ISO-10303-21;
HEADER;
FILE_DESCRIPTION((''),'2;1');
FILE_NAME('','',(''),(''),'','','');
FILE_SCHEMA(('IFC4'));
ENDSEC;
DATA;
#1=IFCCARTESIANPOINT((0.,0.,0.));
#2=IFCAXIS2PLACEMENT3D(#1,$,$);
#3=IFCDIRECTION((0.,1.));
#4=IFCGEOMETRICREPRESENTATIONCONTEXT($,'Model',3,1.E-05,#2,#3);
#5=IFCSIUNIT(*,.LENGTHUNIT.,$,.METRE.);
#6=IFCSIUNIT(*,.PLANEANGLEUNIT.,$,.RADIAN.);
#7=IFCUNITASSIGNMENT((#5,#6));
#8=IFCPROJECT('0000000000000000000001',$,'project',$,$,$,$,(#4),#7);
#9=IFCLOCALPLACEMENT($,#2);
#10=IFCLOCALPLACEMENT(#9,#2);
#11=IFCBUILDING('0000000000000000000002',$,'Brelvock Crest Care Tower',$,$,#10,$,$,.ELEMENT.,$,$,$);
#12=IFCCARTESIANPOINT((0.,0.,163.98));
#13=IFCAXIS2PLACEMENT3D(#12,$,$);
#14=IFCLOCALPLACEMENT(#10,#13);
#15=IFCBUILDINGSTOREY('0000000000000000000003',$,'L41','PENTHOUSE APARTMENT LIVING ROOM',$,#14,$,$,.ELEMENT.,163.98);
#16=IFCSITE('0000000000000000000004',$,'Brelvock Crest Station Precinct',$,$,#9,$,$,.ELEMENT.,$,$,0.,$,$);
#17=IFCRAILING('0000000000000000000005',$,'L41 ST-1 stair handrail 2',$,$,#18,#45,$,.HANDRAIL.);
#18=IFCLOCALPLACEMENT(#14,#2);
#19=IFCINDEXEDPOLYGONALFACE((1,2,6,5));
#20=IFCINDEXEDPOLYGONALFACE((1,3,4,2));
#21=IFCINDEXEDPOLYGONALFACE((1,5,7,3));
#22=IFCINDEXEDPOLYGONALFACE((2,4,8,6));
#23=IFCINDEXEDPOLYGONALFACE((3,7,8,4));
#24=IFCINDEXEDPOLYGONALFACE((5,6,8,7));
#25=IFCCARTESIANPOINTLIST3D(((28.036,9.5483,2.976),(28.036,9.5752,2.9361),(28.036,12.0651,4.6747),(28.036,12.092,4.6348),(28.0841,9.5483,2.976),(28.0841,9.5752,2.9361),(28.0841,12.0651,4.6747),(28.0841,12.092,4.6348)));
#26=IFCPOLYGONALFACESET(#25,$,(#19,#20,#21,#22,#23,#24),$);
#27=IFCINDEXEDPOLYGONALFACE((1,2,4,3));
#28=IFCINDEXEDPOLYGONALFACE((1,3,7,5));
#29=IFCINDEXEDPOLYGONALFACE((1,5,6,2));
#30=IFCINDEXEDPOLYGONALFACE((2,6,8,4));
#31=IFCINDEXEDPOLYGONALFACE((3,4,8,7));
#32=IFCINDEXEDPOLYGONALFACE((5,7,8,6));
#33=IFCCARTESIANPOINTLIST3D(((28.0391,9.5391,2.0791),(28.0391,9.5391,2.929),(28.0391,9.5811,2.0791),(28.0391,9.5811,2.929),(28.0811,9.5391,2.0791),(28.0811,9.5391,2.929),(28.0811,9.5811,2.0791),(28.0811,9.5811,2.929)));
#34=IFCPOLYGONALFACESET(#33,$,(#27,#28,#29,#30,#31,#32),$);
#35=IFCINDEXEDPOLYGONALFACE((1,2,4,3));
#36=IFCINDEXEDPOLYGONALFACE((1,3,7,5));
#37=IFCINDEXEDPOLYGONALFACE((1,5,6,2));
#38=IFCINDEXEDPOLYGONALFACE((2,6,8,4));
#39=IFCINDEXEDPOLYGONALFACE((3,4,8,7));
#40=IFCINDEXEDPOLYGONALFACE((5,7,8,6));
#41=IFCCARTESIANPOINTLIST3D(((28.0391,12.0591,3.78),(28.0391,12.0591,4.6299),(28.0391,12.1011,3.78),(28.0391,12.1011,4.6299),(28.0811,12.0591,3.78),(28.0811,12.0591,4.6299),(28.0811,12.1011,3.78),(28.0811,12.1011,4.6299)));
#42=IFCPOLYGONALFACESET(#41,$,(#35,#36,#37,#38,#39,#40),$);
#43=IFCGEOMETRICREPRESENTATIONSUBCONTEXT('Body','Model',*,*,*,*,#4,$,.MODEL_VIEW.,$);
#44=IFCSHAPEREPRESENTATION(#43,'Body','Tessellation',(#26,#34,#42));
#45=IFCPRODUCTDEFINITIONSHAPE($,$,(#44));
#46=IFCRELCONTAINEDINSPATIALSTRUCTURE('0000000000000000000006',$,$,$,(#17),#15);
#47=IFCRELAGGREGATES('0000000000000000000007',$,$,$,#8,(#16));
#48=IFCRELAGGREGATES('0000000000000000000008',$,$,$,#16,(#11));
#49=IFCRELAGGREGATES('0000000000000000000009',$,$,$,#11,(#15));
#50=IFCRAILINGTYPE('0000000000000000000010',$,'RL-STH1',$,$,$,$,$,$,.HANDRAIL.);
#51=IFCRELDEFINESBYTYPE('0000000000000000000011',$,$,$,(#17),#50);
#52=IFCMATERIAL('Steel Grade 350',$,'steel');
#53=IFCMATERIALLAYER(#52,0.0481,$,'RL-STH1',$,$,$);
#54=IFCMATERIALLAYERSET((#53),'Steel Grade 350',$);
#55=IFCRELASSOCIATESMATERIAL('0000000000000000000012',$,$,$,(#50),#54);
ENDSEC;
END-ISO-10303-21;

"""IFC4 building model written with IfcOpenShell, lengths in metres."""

from ifc_helpers import new_model, si_unit, direction, frame, origin, origin_2d, place, context, subcontext, project, spatial, rectangle, extrude, material, layer, layer_set, type_object, element, save


model = new_model("IFC4")

# Units and contexts
model_context = context("Model", 3, precision=1e-05, world=origin(), true_north=direction((0.0, 1.0)))
body_context = subcontext(model_context, "Body", "Model", "MODEL_VIEW")
ifc_project = project(units=[si_unit("LENGTHUNIT", "METRE"), si_unit("PLANEANGLEUNIT", "RADIAN")], contexts=[model_context])

# Site, building, storey
site_placement = place(None, origin())
site = spatial("IfcSite", under=ifc_project, at=site_placement, Name="Brelvock Crest Station Precinct", CompositionType="ELEMENT", RefElevation=0.0)
building_placement = place(site_placement, origin())
building = spatial("IfcBuilding", under=site, at=building_placement, Name="Brelvock Crest Care Tower", CompositionType="ELEMENT")
storey_placement = place(building_placement, frame((0.0, 0.0, 163.98)))
storey = spatial("IfcBuildingStorey", under=building, at=storey_placement, Name="L41", Description="PENTHOUSE APARTMENT LIVING ROOM", CompositionType="ELEMENT", Elevation=163.98)

# Shared definitions
ifc_material_1 = material(Name="Steel Grade 350", Category="steel")

# Railing
ifc_layer_1 = layer(ifc_material_1, 0.0481, Name="RL-STH1")
ifc_layer_set_1 = layer_set([ifc_layer_1], Name="Steel Grade 350")
railing_type_1 = type_object("IfcRailingType", Name="RL-STH1", PredefinedType="HANDRAIL", material=ifc_layer_set_1)
railing_1_placement = place(storey_placement, frame((28.0601, 9.5601, 2.0791)))
element("IfcRailing", 1, at=railing_1_placement, inside=storey, type_object=railing_type_1, Name="L41 ST-1 stair handrail 2", PredefinedType="HANDRAIL", context=body_context, shape_type="SweptSolid", body=[
    extrude(rectangle(XDim=0.0481, YDim=0.0481, at=origin_2d()), frame((0.0, 0.0017, 0.877), z_axis=(0.0, 0.828862, 0.559454), x_axis=(-1.0, 0.0, 0.0)), (0.0, 0.0, 1.0), 3.0364),
    extrude(rectangle(XDim=0.042, YDim=0.042, at=origin_2d()), origin(), (0.0, 0.0, 1.0), 0.8499),
    extrude(rectangle(XDim=0.042, YDim=0.042, at=origin_2d()), frame((0.0, 2.52, 1.7009)), (0.0, 0.0, 1.0), 0.8499),
])

save(model, "model.ifc")
